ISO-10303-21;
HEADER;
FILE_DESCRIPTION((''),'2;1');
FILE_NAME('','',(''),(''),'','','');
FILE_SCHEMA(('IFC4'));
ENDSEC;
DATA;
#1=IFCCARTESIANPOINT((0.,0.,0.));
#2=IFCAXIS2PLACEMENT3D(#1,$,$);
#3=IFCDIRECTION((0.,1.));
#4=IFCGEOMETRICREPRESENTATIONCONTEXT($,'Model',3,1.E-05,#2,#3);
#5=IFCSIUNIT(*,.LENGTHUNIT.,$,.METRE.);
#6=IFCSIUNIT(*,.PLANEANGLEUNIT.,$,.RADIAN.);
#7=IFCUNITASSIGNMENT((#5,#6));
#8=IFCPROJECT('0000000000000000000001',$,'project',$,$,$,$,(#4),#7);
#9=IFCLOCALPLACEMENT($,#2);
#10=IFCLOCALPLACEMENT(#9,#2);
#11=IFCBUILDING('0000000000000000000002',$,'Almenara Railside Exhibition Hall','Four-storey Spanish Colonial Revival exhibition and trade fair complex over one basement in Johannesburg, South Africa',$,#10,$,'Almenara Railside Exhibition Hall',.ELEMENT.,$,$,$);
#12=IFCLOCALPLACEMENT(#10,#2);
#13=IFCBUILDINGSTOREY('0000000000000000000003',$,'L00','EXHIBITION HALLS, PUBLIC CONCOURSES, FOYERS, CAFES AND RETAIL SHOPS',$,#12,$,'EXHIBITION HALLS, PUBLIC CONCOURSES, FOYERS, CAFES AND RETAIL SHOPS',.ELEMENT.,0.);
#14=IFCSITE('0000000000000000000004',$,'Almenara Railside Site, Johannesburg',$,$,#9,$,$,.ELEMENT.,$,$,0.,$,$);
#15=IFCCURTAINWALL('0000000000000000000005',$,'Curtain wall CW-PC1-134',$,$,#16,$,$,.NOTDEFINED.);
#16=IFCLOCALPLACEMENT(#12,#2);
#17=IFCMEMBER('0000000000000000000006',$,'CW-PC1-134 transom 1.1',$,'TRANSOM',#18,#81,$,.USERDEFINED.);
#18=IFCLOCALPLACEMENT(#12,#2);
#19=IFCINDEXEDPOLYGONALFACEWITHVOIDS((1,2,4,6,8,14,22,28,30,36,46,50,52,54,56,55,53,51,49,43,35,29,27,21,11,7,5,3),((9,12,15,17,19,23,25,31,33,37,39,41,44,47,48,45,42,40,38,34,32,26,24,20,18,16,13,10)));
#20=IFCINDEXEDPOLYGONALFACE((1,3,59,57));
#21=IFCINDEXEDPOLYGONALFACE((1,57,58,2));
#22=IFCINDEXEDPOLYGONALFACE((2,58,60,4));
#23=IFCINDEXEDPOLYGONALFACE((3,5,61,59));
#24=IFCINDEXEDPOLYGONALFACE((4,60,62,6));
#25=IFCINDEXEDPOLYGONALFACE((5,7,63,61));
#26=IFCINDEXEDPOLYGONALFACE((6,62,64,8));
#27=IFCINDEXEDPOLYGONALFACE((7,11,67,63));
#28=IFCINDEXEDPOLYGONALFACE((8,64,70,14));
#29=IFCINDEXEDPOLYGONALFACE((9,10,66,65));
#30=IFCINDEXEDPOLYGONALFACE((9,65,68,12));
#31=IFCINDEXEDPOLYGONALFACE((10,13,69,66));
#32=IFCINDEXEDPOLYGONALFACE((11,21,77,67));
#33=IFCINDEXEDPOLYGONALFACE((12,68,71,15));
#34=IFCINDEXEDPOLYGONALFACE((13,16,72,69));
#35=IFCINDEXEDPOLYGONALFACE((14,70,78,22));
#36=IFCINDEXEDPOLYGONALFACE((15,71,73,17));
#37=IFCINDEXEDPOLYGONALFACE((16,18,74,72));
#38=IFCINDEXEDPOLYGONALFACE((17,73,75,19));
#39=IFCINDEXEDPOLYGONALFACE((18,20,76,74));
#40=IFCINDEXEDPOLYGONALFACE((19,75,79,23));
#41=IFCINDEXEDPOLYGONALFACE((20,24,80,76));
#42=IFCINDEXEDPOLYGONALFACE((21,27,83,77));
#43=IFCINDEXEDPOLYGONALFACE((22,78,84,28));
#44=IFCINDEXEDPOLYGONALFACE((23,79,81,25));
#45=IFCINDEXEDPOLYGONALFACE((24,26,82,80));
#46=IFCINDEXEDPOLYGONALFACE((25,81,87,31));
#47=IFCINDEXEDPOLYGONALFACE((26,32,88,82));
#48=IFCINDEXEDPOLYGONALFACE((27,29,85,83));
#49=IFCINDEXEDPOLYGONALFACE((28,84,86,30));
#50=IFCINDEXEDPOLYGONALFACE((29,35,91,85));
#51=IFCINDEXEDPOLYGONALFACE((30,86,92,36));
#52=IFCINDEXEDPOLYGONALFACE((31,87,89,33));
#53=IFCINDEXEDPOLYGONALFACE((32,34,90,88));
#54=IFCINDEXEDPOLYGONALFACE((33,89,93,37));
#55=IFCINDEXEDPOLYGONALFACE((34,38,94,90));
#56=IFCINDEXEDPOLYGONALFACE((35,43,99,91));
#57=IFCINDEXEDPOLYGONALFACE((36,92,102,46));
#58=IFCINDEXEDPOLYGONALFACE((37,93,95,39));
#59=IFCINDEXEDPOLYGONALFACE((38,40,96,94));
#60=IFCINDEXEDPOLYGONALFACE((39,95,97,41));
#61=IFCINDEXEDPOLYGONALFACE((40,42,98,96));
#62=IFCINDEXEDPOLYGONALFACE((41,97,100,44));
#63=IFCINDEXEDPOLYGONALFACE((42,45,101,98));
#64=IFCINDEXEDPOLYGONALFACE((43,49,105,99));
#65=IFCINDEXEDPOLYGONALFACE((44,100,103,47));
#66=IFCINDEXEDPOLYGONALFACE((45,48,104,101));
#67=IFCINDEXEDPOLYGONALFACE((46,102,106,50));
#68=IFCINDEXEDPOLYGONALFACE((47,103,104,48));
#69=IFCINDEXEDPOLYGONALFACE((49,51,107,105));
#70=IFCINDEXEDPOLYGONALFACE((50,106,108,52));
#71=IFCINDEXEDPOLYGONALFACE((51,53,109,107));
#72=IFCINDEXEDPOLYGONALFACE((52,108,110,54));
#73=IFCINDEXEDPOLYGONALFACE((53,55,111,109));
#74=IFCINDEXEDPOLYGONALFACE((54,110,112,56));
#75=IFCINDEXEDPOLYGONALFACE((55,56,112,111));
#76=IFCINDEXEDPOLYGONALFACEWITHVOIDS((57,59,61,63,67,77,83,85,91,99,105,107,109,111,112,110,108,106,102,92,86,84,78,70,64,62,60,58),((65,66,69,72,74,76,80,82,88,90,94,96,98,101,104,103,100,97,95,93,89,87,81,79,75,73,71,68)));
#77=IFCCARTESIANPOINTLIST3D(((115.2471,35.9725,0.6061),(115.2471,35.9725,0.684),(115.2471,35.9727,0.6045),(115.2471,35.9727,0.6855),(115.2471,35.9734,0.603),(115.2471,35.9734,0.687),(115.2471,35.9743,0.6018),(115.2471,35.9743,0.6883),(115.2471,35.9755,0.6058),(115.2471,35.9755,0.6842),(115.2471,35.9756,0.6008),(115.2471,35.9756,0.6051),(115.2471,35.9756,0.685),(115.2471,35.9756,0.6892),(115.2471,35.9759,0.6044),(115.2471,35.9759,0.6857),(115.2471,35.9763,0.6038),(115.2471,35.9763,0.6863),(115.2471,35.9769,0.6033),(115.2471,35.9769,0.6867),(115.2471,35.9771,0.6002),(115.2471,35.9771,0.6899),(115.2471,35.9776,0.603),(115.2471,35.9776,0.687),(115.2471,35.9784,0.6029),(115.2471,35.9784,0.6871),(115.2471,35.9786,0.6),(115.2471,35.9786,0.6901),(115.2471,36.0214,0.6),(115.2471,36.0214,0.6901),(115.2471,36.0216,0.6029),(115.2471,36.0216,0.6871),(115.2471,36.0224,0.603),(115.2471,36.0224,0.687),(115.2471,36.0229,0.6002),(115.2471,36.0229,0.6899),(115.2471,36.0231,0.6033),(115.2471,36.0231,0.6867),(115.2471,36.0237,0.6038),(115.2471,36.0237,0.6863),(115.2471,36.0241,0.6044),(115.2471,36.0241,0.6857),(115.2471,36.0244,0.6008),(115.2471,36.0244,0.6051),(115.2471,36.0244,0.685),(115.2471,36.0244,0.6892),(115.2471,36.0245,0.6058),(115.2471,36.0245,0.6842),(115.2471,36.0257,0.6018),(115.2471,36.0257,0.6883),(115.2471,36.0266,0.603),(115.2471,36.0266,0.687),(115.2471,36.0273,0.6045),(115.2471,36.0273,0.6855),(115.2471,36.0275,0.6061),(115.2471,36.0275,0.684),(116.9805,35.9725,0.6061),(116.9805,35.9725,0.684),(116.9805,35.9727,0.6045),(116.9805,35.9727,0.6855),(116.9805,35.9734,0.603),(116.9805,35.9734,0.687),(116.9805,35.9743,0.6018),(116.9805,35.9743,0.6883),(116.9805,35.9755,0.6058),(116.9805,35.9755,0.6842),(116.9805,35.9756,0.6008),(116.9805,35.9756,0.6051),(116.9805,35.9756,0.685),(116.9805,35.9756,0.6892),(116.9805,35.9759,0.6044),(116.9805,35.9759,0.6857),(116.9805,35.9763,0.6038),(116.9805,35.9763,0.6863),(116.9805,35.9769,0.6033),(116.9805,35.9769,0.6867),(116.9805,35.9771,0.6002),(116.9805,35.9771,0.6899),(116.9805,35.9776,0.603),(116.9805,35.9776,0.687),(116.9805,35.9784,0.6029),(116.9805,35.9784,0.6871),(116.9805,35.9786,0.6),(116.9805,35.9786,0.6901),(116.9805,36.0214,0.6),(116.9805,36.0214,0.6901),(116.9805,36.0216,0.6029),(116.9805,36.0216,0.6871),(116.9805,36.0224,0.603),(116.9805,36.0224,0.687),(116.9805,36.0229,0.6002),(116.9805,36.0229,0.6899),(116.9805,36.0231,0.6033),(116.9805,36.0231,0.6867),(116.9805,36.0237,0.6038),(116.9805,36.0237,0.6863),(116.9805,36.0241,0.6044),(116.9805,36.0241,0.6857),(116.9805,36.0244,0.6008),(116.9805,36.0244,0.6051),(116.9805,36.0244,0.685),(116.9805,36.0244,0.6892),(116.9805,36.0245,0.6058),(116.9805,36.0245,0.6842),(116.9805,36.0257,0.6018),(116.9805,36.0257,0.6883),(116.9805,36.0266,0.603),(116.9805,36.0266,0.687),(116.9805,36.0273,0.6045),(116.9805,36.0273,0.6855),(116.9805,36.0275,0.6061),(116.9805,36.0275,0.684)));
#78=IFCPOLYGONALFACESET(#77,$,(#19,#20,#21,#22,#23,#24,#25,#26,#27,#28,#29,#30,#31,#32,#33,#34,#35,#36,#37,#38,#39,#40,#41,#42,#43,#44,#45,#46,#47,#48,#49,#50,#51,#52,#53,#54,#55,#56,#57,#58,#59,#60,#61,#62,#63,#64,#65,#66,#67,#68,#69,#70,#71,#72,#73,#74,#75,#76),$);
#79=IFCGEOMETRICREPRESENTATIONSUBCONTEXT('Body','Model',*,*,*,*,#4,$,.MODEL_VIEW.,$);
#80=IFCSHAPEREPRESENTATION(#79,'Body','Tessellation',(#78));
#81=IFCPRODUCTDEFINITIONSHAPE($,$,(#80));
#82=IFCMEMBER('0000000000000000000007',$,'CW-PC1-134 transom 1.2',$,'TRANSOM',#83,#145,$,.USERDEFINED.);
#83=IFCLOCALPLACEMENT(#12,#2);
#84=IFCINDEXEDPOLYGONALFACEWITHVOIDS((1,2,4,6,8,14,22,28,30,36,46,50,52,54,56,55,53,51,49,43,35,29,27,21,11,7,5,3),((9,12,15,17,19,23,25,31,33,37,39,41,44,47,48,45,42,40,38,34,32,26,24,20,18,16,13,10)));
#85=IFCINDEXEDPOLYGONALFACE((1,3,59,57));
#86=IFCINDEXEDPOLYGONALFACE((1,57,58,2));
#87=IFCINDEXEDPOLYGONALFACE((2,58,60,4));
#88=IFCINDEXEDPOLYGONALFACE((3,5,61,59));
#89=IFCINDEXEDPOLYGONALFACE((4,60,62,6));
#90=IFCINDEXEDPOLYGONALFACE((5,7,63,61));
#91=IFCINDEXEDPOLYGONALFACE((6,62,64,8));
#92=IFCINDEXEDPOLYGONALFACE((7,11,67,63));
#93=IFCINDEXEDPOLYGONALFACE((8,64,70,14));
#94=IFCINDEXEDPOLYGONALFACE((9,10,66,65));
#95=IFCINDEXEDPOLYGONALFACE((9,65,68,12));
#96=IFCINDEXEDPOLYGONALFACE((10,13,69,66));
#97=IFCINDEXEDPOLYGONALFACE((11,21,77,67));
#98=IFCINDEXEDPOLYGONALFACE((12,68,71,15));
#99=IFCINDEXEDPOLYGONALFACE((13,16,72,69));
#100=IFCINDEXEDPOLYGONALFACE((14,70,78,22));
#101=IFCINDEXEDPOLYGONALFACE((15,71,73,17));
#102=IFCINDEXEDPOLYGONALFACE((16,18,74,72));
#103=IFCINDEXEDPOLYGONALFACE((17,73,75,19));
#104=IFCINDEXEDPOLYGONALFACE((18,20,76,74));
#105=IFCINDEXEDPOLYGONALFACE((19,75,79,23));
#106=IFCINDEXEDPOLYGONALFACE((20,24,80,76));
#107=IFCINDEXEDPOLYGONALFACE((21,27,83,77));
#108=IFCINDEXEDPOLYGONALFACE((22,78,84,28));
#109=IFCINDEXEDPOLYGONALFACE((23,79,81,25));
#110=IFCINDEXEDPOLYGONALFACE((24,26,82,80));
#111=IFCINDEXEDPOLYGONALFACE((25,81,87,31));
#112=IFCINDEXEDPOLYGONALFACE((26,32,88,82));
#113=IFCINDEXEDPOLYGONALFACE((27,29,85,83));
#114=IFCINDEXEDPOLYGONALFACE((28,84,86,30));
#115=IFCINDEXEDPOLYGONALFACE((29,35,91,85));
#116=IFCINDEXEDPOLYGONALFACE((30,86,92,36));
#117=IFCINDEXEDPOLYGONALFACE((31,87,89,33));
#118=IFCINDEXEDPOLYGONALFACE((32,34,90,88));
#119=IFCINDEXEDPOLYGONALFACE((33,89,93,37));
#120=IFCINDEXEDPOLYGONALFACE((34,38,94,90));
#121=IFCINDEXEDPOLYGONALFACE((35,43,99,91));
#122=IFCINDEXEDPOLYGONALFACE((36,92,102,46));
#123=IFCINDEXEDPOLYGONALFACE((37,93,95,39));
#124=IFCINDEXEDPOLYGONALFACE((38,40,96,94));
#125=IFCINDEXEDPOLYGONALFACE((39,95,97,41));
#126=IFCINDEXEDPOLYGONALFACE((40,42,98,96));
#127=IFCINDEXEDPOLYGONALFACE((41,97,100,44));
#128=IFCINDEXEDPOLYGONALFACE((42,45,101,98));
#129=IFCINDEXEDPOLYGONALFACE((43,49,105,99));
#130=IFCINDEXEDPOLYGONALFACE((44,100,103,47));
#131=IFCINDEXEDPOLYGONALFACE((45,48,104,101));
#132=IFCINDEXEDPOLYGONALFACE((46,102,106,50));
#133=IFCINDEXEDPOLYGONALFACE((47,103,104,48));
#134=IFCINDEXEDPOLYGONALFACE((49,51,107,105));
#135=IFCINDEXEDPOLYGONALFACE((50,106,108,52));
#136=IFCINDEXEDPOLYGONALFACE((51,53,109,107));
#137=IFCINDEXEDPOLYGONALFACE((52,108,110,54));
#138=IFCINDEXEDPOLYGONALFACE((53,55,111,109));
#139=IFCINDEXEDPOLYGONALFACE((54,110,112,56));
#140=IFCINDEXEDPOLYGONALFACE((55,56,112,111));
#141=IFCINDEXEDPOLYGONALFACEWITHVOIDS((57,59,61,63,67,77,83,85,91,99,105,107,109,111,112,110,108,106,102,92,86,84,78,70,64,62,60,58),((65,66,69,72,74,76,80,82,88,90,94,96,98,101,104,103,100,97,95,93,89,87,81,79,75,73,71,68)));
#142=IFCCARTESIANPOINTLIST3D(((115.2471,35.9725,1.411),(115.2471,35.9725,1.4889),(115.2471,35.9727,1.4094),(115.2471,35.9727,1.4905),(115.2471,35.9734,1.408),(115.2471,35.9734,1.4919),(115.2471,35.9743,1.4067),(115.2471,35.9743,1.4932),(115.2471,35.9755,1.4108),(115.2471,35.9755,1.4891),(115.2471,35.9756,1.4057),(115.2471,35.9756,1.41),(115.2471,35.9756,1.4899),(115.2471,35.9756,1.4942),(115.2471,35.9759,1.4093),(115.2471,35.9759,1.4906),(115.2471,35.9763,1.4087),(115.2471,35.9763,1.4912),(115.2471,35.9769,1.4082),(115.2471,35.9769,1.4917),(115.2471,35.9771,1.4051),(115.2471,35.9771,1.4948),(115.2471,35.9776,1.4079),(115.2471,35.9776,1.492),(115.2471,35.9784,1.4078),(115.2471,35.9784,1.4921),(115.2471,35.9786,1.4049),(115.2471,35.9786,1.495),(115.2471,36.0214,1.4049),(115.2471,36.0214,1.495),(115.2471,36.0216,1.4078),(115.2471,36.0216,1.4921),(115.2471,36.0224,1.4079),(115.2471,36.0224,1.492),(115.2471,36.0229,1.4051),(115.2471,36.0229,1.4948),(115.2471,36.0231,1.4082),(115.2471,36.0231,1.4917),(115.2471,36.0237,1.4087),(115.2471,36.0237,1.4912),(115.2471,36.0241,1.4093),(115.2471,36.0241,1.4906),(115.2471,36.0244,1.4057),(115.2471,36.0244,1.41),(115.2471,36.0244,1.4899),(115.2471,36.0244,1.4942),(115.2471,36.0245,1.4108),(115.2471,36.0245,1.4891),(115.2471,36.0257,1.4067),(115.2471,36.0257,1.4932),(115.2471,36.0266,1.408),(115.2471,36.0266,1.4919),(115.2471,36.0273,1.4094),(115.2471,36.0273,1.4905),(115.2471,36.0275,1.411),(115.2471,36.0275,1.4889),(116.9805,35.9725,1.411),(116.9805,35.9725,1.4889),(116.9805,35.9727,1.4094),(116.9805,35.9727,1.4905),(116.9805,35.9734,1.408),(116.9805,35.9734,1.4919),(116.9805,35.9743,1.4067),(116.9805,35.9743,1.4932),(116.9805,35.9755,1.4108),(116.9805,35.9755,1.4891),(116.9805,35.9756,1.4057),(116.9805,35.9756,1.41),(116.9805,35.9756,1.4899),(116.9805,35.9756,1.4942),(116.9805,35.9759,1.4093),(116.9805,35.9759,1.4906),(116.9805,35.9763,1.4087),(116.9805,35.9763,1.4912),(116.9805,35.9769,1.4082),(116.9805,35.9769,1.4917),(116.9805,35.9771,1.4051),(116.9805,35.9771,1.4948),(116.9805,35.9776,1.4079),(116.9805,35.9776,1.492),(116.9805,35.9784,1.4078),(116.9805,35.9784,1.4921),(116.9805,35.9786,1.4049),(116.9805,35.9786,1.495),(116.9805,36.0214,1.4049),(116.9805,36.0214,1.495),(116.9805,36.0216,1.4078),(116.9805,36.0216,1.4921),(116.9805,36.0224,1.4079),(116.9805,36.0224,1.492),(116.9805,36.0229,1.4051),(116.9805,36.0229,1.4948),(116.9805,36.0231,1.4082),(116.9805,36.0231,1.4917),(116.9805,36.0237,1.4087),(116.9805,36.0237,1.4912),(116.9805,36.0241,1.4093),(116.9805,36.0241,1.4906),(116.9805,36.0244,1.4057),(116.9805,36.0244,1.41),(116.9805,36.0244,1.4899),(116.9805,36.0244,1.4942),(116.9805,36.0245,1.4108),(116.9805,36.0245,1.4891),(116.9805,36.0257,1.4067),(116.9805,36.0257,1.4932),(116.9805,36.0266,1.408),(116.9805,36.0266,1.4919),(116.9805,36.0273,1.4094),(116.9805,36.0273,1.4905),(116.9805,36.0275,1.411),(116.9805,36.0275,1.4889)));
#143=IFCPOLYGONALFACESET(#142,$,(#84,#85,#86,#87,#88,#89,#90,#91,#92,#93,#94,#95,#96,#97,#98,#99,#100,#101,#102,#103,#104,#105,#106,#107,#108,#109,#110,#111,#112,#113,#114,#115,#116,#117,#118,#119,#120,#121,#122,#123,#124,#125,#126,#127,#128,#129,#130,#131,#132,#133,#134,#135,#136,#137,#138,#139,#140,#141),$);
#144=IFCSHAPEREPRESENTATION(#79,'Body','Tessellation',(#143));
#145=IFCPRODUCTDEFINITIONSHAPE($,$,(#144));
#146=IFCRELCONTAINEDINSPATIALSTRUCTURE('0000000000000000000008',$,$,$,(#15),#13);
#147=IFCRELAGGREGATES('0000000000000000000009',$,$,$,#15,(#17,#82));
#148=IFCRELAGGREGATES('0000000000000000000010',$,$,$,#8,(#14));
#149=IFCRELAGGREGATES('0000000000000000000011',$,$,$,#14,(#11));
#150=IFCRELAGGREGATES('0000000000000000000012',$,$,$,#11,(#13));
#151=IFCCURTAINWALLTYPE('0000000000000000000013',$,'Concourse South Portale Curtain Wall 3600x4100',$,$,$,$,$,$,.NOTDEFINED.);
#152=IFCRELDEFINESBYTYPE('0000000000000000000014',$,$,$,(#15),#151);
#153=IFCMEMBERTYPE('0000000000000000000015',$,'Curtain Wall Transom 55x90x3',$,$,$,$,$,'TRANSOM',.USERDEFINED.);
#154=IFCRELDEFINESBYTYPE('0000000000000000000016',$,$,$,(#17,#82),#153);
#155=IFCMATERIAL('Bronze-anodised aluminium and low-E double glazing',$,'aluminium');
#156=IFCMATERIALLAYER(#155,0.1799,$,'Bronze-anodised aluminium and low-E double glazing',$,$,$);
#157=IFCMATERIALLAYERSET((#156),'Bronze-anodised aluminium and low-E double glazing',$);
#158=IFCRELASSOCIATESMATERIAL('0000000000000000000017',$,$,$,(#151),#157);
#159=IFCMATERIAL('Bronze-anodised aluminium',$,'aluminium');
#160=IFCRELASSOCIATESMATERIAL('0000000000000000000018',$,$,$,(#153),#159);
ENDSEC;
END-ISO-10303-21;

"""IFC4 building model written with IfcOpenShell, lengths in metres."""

from ifc_helpers import new_model, si_unit, direction, frame, origin, origin_2d, place, context, subcontext, project, spatial, hollow_rectangle, extrude, material, layer, layer_set, material_profile, profile_set, type_object, element, aggregate, save


model = new_model("IFC4")

# Units and contexts
model_context = context("Model", 3, precision=1e-05, world=origin(), true_north=direction((0.0, 1.0)))
body_context = subcontext(model_context, "Body", "Model", "MODEL_VIEW")
ifc_project = project(units=[si_unit("LENGTHUNIT", "METRE"), si_unit("PLANEANGLEUNIT", "RADIAN")], contexts=[model_context])

# Site, building, storey
site_placement = place(None, origin())
site = spatial("IfcSite", under=ifc_project, at=site_placement, Name="Almenara Railside Site, Johannesburg", CompositionType="ELEMENT", RefElevation=0.0)
building_placement = place(site_placement, origin())
building = spatial("IfcBuilding", under=site, at=building_placement, Name="Almenara Railside Exhibition Hall", Description="Four-storey Spanish Colonial Revival exhibition and trade fair complex over one basement in Johannesburg, South Africa", LongName="Almenara Railside Exhibition Hall", CompositionType="ELEMENT")
storey_placement = place(building_placement, origin())
storey = spatial("IfcBuildingStorey", under=building, at=storey_placement, Name="L00", Description="EXHIBITION HALLS, PUBLIC CONCOURSES, FOYERS, CAFES AND RETAIL SHOPS", LongName="EXHIBITION HALLS, PUBLIC CONCOURSES, FOYERS, CAFES AND RETAIL SHOPS", CompositionType="ELEMENT", Elevation=0.0)

# Curtain wall, members
ifc_material_1 = material(Name="Bronze-anodised aluminium and low-E double glazing", Category="aluminium")
ifc_layer_1 = layer(ifc_material_1, 0.1799, Name="Bronze-anodised aluminium and low-E double glazing")
ifc_layer_set_1 = layer_set([ifc_layer_1], Name="Bronze-anodised aluminium and low-E double glazing")
curtain_wall_type = type_object("IfcCurtainWallType", Name="Concourse South Portale Curtain Wall 3600x4100", PredefinedType="NOTDEFINED", material=ifc_layer_set_1)
curtain_wall_placement = place(storey_placement, origin())
curtain_wall = element("IfcCurtainWall", 1, at=curtain_wall_placement, inside=storey, type_object=curtain_wall_type, Name="Curtain wall CW-PC1-134", PredefinedType="NOTDEFINED")
ifc_material_2 = material(Name="Bronze-anodised aluminium", Category="aluminium")
ifc_material_profile_1 = material_profile(ifc_material_2, hollow_rectangle(XDim=0.0549, YDim=0.0901, WallThickness=0.0029, InnerFilletRadius=0.0029, OuterFilletRadius=0.0061, at=origin_2d()), Name="ALU-TRN 55x90x3")
ifc_profile_set_1 = profile_set([ifc_material_profile_1], Name="Bronze-anodised aluminium")
member_type_1 = type_object("IfcMemberType", Name="Curtain Wall Transom 55x90x3", ElementType="TRANSOM", PredefinedType="USERDEFINED", material=ifc_profile_set_1)
member_1_placement = place(storey_placement, frame((115.2471, 36.0, 0.645), z_axis=(1.0, 0.0, 0.0), x_axis=(0.0, 1.0, 0.0)))
member_1 = element("IfcMember", 2, at=member_1_placement, type_object=member_type_1, Name="CW-PC1-134 transom 1.1", ObjectType="TRANSOM", PredefinedType="USERDEFINED", context=body_context, shape_type="SweptSolid", body=[
    extrude(hollow_rectangle(XDim=0.0549, YDim=0.0901, WallThickness=0.0029, InnerFilletRadius=0.0029, OuterFilletRadius=0.0061, at=origin_2d()), origin(), (0.0, 0.0, 1.0), 1.7334),
])
member_2_placement = place(storey_placement, frame((115.2471, 36.0, 1.45), z_axis=(1.0, 0.0, 0.0), x_axis=(0.0, 1.0, 0.0)))
member_2 = element("IfcMember", 3, at=member_2_placement, type_object=member_type_1, Name="CW-PC1-134 transom 1.2", ObjectType="TRANSOM", PredefinedType="USERDEFINED", context=body_context, shape_type="SweptSolid", body=[
    extrude(hollow_rectangle(XDim=0.0549, YDim=0.0901, WallThickness=0.0029, InnerFilletRadius=0.0029, OuterFilletRadius=0.0061, at=origin_2d()), origin(), (0.0, 0.0, 1.0), 1.7334),
])

aggregate(curtain_wall, [member_1, member_2])

save(model, "model.ifc")
